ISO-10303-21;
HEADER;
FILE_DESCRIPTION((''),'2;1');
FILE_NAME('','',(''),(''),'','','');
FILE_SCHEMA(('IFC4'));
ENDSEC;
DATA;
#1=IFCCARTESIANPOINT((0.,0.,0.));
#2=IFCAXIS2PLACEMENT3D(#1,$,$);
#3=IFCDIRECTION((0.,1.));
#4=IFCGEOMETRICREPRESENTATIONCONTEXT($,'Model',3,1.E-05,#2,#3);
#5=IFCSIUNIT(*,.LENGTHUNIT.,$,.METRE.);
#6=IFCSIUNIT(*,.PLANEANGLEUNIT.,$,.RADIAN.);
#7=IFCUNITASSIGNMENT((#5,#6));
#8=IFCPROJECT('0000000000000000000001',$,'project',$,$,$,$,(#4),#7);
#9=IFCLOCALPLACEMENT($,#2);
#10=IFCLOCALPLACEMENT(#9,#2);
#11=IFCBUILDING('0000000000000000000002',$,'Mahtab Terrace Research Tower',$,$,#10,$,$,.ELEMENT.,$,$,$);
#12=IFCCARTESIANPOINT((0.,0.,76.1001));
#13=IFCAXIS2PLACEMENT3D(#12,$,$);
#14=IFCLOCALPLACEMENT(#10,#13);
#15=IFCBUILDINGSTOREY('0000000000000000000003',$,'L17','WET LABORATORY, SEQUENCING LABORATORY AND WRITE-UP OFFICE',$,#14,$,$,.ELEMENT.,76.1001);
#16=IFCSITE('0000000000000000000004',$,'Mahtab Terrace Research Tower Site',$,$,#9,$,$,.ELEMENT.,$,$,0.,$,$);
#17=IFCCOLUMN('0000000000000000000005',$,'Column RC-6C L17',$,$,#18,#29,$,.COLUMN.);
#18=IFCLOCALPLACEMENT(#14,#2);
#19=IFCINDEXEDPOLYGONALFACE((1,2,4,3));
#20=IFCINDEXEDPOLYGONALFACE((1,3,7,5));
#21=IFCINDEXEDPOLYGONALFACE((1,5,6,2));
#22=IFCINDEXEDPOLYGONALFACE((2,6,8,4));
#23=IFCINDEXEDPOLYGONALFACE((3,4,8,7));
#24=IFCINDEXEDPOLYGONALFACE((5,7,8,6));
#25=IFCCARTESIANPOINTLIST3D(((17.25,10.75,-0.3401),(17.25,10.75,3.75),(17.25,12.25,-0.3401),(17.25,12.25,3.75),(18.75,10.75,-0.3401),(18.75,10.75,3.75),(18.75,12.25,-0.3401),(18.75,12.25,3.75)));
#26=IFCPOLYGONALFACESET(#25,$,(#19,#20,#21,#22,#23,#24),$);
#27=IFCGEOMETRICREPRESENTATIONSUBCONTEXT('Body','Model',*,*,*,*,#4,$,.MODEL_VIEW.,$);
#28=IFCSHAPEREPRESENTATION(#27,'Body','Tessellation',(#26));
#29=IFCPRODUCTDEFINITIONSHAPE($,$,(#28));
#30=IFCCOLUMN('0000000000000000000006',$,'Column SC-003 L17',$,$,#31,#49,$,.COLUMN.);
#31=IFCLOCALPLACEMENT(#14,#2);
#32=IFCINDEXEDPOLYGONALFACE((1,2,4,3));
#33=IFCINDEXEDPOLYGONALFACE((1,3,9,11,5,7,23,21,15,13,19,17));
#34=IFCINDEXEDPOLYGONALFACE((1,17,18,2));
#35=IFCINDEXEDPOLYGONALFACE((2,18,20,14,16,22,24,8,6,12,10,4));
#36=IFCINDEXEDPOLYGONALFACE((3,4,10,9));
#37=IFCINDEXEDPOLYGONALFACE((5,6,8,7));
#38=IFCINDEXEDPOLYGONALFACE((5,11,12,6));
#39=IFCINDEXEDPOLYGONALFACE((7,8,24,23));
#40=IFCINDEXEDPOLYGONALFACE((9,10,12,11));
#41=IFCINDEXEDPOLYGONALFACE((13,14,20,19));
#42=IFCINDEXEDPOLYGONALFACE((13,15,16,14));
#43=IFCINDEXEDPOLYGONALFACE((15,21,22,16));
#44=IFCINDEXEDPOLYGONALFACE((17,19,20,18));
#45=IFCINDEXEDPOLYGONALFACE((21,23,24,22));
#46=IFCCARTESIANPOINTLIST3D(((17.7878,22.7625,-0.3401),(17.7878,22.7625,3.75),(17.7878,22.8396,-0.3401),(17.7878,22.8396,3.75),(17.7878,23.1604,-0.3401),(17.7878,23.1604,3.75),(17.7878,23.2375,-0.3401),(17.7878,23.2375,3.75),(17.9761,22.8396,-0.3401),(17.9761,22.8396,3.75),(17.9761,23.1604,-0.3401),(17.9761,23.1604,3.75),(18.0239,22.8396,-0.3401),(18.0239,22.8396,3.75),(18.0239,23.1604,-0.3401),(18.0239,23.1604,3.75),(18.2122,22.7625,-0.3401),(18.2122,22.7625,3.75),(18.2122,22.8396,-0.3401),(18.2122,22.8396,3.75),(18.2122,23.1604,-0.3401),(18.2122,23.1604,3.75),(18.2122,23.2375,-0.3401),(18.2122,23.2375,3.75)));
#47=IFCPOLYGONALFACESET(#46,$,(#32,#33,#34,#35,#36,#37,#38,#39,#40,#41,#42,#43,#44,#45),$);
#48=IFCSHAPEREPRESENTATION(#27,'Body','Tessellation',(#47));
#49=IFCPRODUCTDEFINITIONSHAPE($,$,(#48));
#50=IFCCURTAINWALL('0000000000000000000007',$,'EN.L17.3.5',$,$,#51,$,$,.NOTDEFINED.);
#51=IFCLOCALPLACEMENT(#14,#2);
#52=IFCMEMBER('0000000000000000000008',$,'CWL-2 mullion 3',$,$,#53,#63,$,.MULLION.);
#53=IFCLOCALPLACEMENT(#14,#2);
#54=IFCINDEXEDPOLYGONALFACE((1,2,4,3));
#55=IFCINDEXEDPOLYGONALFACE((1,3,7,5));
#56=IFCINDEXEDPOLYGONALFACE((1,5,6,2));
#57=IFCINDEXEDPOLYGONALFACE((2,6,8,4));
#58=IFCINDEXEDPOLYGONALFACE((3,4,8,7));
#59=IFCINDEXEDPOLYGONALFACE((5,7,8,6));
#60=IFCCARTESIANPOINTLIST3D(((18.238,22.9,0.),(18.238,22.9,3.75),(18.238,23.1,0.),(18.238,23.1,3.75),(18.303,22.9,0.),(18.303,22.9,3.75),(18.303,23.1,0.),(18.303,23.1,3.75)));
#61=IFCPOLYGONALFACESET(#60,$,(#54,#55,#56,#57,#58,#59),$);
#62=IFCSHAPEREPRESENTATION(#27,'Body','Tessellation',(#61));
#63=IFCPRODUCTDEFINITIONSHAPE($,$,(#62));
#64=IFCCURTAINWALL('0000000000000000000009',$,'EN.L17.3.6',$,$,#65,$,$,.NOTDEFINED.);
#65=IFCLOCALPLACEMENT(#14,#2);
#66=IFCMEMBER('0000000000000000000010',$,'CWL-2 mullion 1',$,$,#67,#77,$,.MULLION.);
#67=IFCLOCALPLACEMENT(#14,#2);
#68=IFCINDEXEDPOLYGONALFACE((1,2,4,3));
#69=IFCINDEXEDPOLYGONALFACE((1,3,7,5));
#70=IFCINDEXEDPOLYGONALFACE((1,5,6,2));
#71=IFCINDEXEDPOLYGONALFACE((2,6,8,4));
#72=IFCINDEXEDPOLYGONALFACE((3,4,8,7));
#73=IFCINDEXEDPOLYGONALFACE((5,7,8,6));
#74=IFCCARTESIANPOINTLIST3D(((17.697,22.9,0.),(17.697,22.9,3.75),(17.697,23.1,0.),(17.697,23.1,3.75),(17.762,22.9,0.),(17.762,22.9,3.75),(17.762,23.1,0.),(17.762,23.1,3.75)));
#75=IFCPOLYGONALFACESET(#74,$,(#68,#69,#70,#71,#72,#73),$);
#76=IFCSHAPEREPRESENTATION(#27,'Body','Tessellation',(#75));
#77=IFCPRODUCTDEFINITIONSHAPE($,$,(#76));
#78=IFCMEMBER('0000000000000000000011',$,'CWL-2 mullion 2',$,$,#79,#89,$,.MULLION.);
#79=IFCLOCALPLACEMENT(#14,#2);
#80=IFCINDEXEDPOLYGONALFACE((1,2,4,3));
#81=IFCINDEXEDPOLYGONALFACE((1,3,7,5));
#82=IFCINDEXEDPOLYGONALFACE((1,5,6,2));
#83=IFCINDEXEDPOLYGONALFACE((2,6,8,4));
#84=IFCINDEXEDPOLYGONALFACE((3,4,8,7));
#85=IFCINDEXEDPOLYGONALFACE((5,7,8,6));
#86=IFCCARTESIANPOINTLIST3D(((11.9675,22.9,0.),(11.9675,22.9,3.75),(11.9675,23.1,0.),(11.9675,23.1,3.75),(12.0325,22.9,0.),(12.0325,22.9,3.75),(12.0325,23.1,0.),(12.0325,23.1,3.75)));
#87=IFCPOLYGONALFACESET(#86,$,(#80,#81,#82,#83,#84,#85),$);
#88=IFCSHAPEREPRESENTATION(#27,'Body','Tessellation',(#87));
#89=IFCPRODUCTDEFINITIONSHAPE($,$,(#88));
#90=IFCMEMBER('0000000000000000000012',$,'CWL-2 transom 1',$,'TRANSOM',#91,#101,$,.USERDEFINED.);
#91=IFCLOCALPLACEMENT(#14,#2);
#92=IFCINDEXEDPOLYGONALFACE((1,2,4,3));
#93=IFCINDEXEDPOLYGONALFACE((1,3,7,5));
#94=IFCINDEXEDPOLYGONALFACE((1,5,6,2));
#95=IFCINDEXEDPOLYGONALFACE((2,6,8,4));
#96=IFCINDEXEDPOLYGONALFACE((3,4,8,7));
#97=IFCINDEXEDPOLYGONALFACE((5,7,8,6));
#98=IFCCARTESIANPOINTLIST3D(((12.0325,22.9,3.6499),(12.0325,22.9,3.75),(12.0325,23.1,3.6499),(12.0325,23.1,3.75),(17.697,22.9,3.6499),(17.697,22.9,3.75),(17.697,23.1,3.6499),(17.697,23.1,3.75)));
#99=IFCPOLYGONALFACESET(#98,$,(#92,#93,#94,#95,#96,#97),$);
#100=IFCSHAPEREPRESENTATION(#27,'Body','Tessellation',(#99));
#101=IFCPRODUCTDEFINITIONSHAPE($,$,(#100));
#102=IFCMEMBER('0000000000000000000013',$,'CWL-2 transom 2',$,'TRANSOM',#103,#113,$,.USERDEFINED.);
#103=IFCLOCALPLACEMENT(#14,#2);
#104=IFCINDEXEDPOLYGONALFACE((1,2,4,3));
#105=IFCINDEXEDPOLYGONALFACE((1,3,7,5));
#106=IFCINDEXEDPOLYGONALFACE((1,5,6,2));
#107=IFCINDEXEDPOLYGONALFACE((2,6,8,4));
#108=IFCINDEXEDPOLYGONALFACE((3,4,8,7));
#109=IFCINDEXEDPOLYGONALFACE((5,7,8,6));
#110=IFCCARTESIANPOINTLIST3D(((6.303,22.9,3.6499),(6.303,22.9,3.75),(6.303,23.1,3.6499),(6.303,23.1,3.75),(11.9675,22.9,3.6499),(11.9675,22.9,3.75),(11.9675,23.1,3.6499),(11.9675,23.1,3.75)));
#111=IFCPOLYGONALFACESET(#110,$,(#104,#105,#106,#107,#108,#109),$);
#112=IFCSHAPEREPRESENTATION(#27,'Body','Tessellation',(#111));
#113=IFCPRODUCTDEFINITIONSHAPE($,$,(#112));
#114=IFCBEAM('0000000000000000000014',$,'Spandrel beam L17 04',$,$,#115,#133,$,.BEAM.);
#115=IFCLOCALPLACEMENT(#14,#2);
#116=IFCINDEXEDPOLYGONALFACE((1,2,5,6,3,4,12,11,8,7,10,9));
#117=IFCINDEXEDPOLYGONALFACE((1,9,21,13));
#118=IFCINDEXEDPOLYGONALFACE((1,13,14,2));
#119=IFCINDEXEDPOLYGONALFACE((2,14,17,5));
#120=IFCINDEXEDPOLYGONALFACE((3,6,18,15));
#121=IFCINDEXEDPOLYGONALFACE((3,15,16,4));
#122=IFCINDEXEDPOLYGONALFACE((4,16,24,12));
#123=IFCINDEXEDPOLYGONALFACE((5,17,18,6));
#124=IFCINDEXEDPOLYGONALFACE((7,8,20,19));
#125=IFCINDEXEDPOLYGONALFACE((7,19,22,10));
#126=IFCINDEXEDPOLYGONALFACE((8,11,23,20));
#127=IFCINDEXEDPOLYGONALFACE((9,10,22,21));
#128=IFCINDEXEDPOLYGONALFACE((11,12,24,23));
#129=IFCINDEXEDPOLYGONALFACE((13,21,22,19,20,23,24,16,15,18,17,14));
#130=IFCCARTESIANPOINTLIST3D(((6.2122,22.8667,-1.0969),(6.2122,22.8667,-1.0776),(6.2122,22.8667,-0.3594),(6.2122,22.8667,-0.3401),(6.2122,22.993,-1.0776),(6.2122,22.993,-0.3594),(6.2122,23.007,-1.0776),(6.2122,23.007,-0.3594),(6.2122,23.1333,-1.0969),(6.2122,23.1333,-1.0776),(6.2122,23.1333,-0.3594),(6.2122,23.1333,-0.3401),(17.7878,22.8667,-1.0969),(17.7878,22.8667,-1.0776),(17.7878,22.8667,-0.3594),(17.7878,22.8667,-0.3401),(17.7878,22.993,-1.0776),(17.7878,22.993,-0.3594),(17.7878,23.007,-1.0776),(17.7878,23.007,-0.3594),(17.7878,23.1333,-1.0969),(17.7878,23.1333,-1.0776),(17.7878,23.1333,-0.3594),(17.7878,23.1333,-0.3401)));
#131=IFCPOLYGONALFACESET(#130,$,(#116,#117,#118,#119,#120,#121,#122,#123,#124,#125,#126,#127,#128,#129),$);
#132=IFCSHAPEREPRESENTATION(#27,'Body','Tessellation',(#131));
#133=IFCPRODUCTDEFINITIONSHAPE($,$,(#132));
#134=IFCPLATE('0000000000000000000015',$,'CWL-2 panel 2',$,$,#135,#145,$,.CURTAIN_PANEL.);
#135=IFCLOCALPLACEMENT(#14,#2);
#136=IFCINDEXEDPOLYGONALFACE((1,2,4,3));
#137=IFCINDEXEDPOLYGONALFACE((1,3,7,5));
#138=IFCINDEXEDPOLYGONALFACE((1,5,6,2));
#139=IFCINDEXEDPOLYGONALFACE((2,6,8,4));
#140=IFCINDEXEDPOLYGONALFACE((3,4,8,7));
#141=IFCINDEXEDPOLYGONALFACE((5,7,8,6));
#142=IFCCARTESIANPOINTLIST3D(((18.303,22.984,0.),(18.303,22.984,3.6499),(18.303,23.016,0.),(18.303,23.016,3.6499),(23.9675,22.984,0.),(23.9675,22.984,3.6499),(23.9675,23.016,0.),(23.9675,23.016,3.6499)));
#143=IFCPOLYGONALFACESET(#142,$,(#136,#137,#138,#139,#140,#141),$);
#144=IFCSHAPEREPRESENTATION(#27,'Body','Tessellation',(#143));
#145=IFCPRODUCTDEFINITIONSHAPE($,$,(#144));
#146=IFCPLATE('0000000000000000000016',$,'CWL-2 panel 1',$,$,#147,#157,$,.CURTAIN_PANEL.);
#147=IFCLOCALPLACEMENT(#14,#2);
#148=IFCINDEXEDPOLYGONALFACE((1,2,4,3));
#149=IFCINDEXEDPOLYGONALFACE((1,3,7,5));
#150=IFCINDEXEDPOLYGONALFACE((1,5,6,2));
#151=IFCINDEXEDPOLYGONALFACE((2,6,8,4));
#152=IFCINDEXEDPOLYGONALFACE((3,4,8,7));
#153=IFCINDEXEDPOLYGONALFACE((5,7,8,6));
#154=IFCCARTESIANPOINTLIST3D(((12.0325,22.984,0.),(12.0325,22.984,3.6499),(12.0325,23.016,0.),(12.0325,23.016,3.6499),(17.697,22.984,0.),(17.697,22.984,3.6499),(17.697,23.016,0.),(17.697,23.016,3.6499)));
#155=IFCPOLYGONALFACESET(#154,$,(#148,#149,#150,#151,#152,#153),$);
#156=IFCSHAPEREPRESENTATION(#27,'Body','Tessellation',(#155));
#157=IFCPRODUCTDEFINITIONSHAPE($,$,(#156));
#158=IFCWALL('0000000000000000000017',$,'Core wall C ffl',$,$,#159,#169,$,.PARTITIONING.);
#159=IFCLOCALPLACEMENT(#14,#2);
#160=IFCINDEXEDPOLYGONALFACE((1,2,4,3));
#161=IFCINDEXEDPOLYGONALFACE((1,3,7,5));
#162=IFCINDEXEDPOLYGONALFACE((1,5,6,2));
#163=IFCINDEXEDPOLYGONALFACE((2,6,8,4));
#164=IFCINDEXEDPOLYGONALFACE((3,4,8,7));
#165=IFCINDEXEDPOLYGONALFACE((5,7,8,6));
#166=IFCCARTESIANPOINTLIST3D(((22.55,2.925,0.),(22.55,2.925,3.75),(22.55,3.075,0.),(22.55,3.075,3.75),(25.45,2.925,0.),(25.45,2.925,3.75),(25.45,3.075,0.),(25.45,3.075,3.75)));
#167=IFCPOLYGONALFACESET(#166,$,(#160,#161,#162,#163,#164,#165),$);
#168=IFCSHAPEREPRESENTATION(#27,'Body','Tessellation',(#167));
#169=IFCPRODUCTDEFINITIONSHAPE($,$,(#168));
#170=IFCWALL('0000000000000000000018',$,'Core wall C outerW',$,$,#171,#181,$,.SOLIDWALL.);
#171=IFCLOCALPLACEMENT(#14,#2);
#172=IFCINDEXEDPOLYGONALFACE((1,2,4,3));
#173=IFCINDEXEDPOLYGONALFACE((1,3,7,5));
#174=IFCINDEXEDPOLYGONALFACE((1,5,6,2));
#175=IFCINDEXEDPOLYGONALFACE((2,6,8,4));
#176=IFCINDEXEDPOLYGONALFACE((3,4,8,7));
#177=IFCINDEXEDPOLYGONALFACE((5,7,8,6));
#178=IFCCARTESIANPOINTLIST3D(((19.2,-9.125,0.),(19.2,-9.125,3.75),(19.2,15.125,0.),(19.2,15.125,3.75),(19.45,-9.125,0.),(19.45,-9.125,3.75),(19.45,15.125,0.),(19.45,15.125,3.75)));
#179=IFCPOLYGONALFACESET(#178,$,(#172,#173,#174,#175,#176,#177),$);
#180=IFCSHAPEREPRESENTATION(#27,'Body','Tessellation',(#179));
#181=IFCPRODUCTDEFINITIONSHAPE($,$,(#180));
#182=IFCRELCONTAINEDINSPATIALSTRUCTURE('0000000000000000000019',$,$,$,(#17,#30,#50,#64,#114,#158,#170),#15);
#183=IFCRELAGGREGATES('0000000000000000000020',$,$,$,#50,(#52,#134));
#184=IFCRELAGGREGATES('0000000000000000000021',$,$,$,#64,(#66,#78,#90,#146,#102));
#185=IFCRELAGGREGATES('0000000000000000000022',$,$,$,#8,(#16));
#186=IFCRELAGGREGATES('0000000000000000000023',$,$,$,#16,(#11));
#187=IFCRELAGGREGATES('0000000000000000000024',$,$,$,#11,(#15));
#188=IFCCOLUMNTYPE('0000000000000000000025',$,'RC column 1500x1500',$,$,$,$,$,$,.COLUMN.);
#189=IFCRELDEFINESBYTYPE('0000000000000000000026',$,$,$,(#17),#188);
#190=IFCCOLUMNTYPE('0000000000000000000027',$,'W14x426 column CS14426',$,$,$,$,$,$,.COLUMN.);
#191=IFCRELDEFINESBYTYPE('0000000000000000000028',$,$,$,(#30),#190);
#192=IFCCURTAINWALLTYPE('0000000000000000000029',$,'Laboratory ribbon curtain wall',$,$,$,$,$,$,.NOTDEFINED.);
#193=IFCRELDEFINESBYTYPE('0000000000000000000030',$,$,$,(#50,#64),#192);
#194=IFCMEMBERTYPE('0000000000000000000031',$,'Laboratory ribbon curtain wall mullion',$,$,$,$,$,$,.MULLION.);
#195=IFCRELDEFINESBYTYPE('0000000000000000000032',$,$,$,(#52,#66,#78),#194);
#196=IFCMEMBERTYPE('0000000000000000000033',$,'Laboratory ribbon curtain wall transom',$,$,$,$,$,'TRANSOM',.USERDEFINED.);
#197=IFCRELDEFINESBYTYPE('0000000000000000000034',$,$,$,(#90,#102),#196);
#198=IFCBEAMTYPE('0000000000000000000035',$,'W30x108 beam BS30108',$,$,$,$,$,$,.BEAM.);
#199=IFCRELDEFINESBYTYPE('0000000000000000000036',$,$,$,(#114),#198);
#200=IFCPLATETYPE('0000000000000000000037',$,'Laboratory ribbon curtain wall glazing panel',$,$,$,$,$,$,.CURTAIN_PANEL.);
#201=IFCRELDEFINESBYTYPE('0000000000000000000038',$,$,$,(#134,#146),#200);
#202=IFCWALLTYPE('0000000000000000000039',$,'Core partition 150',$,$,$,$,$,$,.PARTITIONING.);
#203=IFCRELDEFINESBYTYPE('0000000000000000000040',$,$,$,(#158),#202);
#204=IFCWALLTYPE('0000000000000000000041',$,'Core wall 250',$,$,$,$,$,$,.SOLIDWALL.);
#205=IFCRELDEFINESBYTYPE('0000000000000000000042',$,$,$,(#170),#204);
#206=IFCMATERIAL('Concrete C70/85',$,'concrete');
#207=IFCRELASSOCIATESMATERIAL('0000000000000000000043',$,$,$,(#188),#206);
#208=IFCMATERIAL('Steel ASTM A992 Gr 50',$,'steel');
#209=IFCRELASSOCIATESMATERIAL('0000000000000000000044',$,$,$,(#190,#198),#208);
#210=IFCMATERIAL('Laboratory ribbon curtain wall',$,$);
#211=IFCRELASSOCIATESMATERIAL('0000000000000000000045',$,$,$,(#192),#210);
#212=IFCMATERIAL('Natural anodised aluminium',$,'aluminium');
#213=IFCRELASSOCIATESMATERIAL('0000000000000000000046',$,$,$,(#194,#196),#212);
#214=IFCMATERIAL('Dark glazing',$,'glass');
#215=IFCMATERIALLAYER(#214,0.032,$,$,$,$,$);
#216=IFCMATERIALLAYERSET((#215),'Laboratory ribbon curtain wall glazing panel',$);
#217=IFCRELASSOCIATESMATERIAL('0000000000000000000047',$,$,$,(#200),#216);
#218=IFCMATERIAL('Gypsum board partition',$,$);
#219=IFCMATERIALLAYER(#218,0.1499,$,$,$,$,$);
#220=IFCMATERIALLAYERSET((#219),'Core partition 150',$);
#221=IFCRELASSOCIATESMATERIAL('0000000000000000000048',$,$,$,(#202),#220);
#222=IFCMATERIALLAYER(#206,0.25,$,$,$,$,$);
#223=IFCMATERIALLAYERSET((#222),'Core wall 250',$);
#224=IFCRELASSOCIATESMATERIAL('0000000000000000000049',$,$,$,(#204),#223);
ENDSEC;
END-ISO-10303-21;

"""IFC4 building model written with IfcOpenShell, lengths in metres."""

from ifc_helpers import new_model, si_unit, direction, frame, frame_2d, origin, origin_2d, place, context, subcontext, project, spatial, rectangle, i_section, extrude, material, layer, layer_set, material_profile, profile_set, type_object, element, aggregate, save


model = new_model("IFC4")

# Units and contexts
model_context = context("Model", 3, precision=1e-05, world=origin(), true_north=direction((0.0, 1.0)))
body_context = subcontext(model_context, "Body", "Model", "MODEL_VIEW")
ifc_project = project(units=[si_unit("LENGTHUNIT", "METRE"), si_unit("PLANEANGLEUNIT", "RADIAN")], contexts=[model_context])

# Site, building, storey
site_placement = place(None, origin())
site = spatial("IfcSite", under=ifc_project, at=site_placement, Name="Mahtab Terrace Research Tower Site", CompositionType="ELEMENT", RefElevation=0.0)
building_placement = place(site_placement, origin())
building = spatial("IfcBuilding", under=site, at=building_placement, Name="Mahtab Terrace Research Tower", CompositionType="ELEMENT")
storey_placement = place(building_placement, frame((0.0, 0.0, 76.1001)))
storey = spatial("IfcBuildingStorey", under=building, at=storey_placement, Name="L17", Description="WET LABORATORY, SEQUENCING LABORATORY AND WRITE-UP OFFICE", CompositionType="ELEMENT", Elevation=76.1001)

# Columns
ifc_material_1 = material(Name="Concrete C70/85", Category="concrete")
ifc_material_profile_1 = material_profile(ifc_material_1, rectangle(XDim=1.5, YDim=1.5, at=origin_2d()), Name="RC column 1500x1500")
ifc_profile_set_1 = profile_set([ifc_material_profile_1], Name="Concrete C70/85")
column_type_1 = type_object("IfcColumnType", Name="RC column 1500x1500", PredefinedType="COLUMN", material=ifc_profile_set_1)
column_1_placement = place(storey_placement, frame((18.0, 11.5, -0.3401), z_axis=(0.0, 0.0, 1.0), x_axis=(1.0, 0.0, 0.0)))
element("IfcColumn", 1, at=column_1_placement, inside=storey, type_object=column_type_1, Name="Column RC-6C L17", PredefinedType="COLUMN", context=body_context, shape_type="SweptSolid", body=[
    extrude(rectangle(XDim=1.5, YDim=1.5, at=origin_2d()), origin(), (0.0, 0.0, 1.0), 4.0901),
])
ifc_material_2 = material(Name="Steel ASTM A992 Gr 50", Category="steel")
ifc_material_profile_2 = material_profile(ifc_material_2, i_section(OverallWidth=0.4243, OverallDepth=0.4751, WebThickness=0.0479, FlangeThickness=0.0771, at=origin_2d()), Name="W14X426")
ifc_profile_set_2 = profile_set([ifc_material_profile_2], Name="Steel ASTM A992 Gr 50")
column_type_2 = type_object("IfcColumnType", Name="W14x426 column CS14426", PredefinedType="COLUMN", material=ifc_profile_set_2)
column_2_placement = place(storey_placement, frame((18.0, 23.0, -0.3401), z_axis=(0.0, 0.0, 1.0), x_axis=(1.0, 0.0, 0.0)))
element("IfcColumn", 2, at=column_2_placement, inside=storey, type_object=column_type_2, Name="Column SC-003 L17", PredefinedType="COLUMN", context=body_context, shape_type="SweptSolid", body=[
    extrude(i_section(OverallWidth=0.4243, OverallDepth=0.4751, WebThickness=0.0479, FlangeThickness=0.0771, at=origin_2d()), origin(), (0.0, 0.0, 1.0), 4.0901),
])

# Curtain wall, member
ifc_material_3 = material(Name="Laboratory ribbon curtain wall")
curtain_wall_type = type_object("IfcCurtainWallType", Name="Laboratory ribbon curtain wall", PredefinedType="NOTDEFINED", material=ifc_material_3)
curtain_wall_1_placement = place(storey_placement, origin())
curtain_wall_1 = element("IfcCurtainWall", 3, at=curtain_wall_1_placement, inside=storey, type_object=curtain_wall_type, Name="EN.L17.3.5", PredefinedType="NOTDEFINED")
ifc_material_4 = material(Name="Natural anodised aluminium", Category="aluminium")
ifc_material_profile_3 = material_profile(ifc_material_4, rectangle(XDim=0.2, YDim=0.0649, at=origin_2d()), Name="MULLION 65x200")
ifc_profile_set_3 = profile_set([ifc_material_profile_3], Name="Natural anodised aluminium")
member_type_1 = type_object("IfcMemberType", Name="Laboratory ribbon curtain wall mullion", PredefinedType="MULLION", material=ifc_profile_set_3)
member_1_placement = place(storey_placement, frame((18.2705, 23.0, 0.0), z_axis=(0.0, 0.0, 1.0), x_axis=(0.0, -1.0, 0.0)))
member_1 = element("IfcMember", 4, at=member_1_placement, type_object=member_type_1, Name="CWL-2 mullion 3", PredefinedType="MULLION", context=body_context, shape_type="SweptSolid", body=[
    extrude(rectangle(XDim=0.2, YDim=0.0649, at=origin_2d()), origin(), (0.0, 0.0, 1.0), 3.75),
])

# Curtain wall, members
curtain_wall_2_placement = place(storey_placement, origin())
curtain_wall_2 = element("IfcCurtainWall", 5, at=curtain_wall_2_placement, inside=storey, type_object=curtain_wall_type, Name="EN.L17.3.6", PredefinedType="NOTDEFINED")
member_2_placement = place(storey_placement, frame((17.7295, 23.0, 0.0), z_axis=(0.0, 0.0, 1.0), x_axis=(0.0, -1.0, 0.0)))
member_2 = element("IfcMember", 6, at=member_2_placement, type_object=member_type_1, Name="CWL-2 mullion 1", PredefinedType="MULLION", context=body_context, shape_type="SweptSolid", body=[
    extrude(rectangle(XDim=0.2, YDim=0.0649, at=origin_2d()), origin(), (0.0, 0.0, 1.0), 3.75),
])
member_3_placement = place(storey_placement, frame((12.0, 23.0, 0.0), z_axis=(0.0, 0.0, 1.0), x_axis=(0.0, -1.0, 0.0)))
member_3 = element("IfcMember", 7, at=member_3_placement, type_object=member_type_1, Name="CWL-2 mullion 2", PredefinedType="MULLION", context=body_context, shape_type="SweptSolid", body=[
    extrude(rectangle(XDim=0.2, YDim=0.0649, at=origin_2d()), origin(), (0.0, 0.0, 1.0), 3.75),
])
ifc_material_profile_4 = material_profile(ifc_material_4, rectangle(XDim=0.2, YDim=0.1001, at=origin_2d()), Name="TRANSOM 100x200")
ifc_profile_set_4 = profile_set([ifc_material_profile_4], Name="Natural anodised aluminium")
member_type_2 = type_object("IfcMemberType", Name="Laboratory ribbon curtain wall transom", ElementType="TRANSOM", PredefinedType="USERDEFINED", material=ifc_profile_set_4)
member_4_placement = place(storey_placement, frame((17.697, 23.0, 3.7), z_axis=(-1.0, 0.0, 0.0), x_axis=(0.0, -1.0, 0.0)))
member_4 = element("IfcMember", 8, at=member_4_placement, type_object=member_type_2, Name="CWL-2 transom 1", ObjectType="TRANSOM", PredefinedType="USERDEFINED", context=body_context, shape_type="SweptSolid", body=[
    extrude(rectangle(XDim=0.2, YDim=0.1001, at=origin_2d()), origin(), (0.0, 0.0, 1.0), 5.6646),
])
member_5_placement = place(storey_placement, frame((11.9675, 23.0, 3.7), z_axis=(-1.0, 0.0, 0.0), x_axis=(0.0, -1.0, 0.0)))
member_5 = element("IfcMember", 9, at=member_5_placement, type_object=member_type_2, Name="CWL-2 transom 2", ObjectType="TRANSOM", PredefinedType="USERDEFINED", context=body_context, shape_type="SweptSolid", body=[
    extrude(rectangle(XDim=0.2, YDim=0.1001, at=origin_2d()), origin(), (0.0, 0.0, 1.0), 5.6646),
])

# Beam
ifc_material_profile_5 = material_profile(ifc_material_2, i_section(OverallWidth=0.2666, OverallDepth=0.7568, WebThickness=0.0139, FlangeThickness=0.0193, at=origin_2d()), Name="W30X108")
ifc_profile_set_5 = profile_set([ifc_material_profile_5], Name="Steel ASTM A992 Gr 50")
beam_type = type_object("IfcBeamType", Name="W30x108 beam BS30108", PredefinedType="BEAM", material=ifc_profile_set_5)
beam_placement = place(storey_placement, frame((17.7878, 23.0, -0.7185), z_axis=(-1.0, 0.0, 0.0), x_axis=(0.0, -1.0, 0.0)))
element("IfcBeam", 10, at=beam_placement, inside=storey, type_object=beam_type, Name="Spandrel beam L17 04", PredefinedType="BEAM", context=body_context, shape_type="SweptSolid", body=[
    extrude(i_section(OverallWidth=0.2666, OverallDepth=0.7568, WebThickness=0.0139, FlangeThickness=0.0193, at=origin_2d()), origin(), (0.0, 0.0, 1.0), 11.5757),
])

# Plates
ifc_material_5 = material(Name="Dark glazing", Category="glass")
ifc_layer_1 = layer(ifc_material_5, 0.032)
ifc_layer_set_1 = layer_set([ifc_layer_1], Name="Laboratory ribbon curtain wall glazing panel")
plate_type = type_object("IfcPlateType", Name="Laboratory ribbon curtain wall glazing panel", PredefinedType="CURTAIN_PANEL", material=ifc_layer_set_1)
plate_1_placement = place(storey_placement, frame((21.1353, 23.0, 0.0), z_axis=(0.0, 0.0, 1.0), x_axis=(-1.0, 0.0, 0.0)))
plate_1 = element("IfcPlate", 11, at=plate_1_placement, type_object=plate_type, Name="CWL-2 panel 2", PredefinedType="CURTAIN_PANEL", context=body_context, shape_type="SweptSolid", body=[
    extrude(rectangle(XDim=5.6646, YDim=0.032, at=origin_2d()), origin(), (0.0, 0.0, 1.0), 3.6499),
])
aggregate(curtain_wall_1, [member_1, plate_1])
plate_2_placement = place(storey_placement, frame((14.8647, 23.0, 0.0), z_axis=(0.0, 0.0, 1.0), x_axis=(-1.0, 0.0, 0.0)))
plate_2 = element("IfcPlate", 12, at=plate_2_placement, type_object=plate_type, Name="CWL-2 panel 1", PredefinedType="CURTAIN_PANEL", context=body_context, shape_type="SweptSolid", body=[
    extrude(rectangle(XDim=5.6646, YDim=0.032, at=origin_2d()), origin(), (0.0, 0.0, 1.0), 3.6499),
])
aggregate(curtain_wall_2, [member_2, member_3, member_4, plate_2, member_5])

# Walls
ifc_material_6 = material(Name="Gypsum board partition")
ifc_layer_2 = layer(ifc_material_6, 0.1499)
ifc_layer_set_2 = layer_set([ifc_layer_2], Name="Core partition 150")
wall_type_1 = type_object("IfcWallType", Name="Core partition 150", PredefinedType="PARTITIONING", material=ifc_layer_set_2)
wall_1_placement = place(storey_placement, frame((22.55, 3.0, 0.0), z_axis=(0.0, 0.0, 1.0), x_axis=(1.0, 0.0, 0.0)))
element("IfcWall", 13, at=wall_1_placement, inside=storey, type_object=wall_type_1, Name="Core wall C ffl", PredefinedType="PARTITIONING", context=body_context, shape_type="SweptSolid", body=[
    extrude(rectangle(XDim=2.8999, YDim=0.1499, at=frame_2d((1.45, 0.0))), origin(), (0.0, 0.0, 1.0), 3.75),
])
ifc_layer_3 = layer(ifc_material_1, 0.25)
ifc_layer_set_3 = layer_set([ifc_layer_3], Name="Core wall 250")
wall_type_2 = type_object("IfcWallType", Name="Core wall 250", PredefinedType="SOLIDWALL", material=ifc_layer_set_3)
wall_2_placement = place(storey_placement, frame((19.325, 15.125, 0.0), z_axis=(0.0, 0.0, 1.0), x_axis=(0.0, -1.0, 0.0)))
element("IfcWall", 14, at=wall_2_placement, inside=storey, type_object=wall_type_2, Name="Core wall C outerW", PredefinedType="SOLIDWALL", context=body_context, shape_type="SweptSolid", body=[
    extrude(rectangle(XDim=24.25, YDim=0.25, at=frame_2d((12.125, 0.0))), origin(), (0.0, 0.0, 1.0), 3.75),
])

save(model, "model.ifc")
